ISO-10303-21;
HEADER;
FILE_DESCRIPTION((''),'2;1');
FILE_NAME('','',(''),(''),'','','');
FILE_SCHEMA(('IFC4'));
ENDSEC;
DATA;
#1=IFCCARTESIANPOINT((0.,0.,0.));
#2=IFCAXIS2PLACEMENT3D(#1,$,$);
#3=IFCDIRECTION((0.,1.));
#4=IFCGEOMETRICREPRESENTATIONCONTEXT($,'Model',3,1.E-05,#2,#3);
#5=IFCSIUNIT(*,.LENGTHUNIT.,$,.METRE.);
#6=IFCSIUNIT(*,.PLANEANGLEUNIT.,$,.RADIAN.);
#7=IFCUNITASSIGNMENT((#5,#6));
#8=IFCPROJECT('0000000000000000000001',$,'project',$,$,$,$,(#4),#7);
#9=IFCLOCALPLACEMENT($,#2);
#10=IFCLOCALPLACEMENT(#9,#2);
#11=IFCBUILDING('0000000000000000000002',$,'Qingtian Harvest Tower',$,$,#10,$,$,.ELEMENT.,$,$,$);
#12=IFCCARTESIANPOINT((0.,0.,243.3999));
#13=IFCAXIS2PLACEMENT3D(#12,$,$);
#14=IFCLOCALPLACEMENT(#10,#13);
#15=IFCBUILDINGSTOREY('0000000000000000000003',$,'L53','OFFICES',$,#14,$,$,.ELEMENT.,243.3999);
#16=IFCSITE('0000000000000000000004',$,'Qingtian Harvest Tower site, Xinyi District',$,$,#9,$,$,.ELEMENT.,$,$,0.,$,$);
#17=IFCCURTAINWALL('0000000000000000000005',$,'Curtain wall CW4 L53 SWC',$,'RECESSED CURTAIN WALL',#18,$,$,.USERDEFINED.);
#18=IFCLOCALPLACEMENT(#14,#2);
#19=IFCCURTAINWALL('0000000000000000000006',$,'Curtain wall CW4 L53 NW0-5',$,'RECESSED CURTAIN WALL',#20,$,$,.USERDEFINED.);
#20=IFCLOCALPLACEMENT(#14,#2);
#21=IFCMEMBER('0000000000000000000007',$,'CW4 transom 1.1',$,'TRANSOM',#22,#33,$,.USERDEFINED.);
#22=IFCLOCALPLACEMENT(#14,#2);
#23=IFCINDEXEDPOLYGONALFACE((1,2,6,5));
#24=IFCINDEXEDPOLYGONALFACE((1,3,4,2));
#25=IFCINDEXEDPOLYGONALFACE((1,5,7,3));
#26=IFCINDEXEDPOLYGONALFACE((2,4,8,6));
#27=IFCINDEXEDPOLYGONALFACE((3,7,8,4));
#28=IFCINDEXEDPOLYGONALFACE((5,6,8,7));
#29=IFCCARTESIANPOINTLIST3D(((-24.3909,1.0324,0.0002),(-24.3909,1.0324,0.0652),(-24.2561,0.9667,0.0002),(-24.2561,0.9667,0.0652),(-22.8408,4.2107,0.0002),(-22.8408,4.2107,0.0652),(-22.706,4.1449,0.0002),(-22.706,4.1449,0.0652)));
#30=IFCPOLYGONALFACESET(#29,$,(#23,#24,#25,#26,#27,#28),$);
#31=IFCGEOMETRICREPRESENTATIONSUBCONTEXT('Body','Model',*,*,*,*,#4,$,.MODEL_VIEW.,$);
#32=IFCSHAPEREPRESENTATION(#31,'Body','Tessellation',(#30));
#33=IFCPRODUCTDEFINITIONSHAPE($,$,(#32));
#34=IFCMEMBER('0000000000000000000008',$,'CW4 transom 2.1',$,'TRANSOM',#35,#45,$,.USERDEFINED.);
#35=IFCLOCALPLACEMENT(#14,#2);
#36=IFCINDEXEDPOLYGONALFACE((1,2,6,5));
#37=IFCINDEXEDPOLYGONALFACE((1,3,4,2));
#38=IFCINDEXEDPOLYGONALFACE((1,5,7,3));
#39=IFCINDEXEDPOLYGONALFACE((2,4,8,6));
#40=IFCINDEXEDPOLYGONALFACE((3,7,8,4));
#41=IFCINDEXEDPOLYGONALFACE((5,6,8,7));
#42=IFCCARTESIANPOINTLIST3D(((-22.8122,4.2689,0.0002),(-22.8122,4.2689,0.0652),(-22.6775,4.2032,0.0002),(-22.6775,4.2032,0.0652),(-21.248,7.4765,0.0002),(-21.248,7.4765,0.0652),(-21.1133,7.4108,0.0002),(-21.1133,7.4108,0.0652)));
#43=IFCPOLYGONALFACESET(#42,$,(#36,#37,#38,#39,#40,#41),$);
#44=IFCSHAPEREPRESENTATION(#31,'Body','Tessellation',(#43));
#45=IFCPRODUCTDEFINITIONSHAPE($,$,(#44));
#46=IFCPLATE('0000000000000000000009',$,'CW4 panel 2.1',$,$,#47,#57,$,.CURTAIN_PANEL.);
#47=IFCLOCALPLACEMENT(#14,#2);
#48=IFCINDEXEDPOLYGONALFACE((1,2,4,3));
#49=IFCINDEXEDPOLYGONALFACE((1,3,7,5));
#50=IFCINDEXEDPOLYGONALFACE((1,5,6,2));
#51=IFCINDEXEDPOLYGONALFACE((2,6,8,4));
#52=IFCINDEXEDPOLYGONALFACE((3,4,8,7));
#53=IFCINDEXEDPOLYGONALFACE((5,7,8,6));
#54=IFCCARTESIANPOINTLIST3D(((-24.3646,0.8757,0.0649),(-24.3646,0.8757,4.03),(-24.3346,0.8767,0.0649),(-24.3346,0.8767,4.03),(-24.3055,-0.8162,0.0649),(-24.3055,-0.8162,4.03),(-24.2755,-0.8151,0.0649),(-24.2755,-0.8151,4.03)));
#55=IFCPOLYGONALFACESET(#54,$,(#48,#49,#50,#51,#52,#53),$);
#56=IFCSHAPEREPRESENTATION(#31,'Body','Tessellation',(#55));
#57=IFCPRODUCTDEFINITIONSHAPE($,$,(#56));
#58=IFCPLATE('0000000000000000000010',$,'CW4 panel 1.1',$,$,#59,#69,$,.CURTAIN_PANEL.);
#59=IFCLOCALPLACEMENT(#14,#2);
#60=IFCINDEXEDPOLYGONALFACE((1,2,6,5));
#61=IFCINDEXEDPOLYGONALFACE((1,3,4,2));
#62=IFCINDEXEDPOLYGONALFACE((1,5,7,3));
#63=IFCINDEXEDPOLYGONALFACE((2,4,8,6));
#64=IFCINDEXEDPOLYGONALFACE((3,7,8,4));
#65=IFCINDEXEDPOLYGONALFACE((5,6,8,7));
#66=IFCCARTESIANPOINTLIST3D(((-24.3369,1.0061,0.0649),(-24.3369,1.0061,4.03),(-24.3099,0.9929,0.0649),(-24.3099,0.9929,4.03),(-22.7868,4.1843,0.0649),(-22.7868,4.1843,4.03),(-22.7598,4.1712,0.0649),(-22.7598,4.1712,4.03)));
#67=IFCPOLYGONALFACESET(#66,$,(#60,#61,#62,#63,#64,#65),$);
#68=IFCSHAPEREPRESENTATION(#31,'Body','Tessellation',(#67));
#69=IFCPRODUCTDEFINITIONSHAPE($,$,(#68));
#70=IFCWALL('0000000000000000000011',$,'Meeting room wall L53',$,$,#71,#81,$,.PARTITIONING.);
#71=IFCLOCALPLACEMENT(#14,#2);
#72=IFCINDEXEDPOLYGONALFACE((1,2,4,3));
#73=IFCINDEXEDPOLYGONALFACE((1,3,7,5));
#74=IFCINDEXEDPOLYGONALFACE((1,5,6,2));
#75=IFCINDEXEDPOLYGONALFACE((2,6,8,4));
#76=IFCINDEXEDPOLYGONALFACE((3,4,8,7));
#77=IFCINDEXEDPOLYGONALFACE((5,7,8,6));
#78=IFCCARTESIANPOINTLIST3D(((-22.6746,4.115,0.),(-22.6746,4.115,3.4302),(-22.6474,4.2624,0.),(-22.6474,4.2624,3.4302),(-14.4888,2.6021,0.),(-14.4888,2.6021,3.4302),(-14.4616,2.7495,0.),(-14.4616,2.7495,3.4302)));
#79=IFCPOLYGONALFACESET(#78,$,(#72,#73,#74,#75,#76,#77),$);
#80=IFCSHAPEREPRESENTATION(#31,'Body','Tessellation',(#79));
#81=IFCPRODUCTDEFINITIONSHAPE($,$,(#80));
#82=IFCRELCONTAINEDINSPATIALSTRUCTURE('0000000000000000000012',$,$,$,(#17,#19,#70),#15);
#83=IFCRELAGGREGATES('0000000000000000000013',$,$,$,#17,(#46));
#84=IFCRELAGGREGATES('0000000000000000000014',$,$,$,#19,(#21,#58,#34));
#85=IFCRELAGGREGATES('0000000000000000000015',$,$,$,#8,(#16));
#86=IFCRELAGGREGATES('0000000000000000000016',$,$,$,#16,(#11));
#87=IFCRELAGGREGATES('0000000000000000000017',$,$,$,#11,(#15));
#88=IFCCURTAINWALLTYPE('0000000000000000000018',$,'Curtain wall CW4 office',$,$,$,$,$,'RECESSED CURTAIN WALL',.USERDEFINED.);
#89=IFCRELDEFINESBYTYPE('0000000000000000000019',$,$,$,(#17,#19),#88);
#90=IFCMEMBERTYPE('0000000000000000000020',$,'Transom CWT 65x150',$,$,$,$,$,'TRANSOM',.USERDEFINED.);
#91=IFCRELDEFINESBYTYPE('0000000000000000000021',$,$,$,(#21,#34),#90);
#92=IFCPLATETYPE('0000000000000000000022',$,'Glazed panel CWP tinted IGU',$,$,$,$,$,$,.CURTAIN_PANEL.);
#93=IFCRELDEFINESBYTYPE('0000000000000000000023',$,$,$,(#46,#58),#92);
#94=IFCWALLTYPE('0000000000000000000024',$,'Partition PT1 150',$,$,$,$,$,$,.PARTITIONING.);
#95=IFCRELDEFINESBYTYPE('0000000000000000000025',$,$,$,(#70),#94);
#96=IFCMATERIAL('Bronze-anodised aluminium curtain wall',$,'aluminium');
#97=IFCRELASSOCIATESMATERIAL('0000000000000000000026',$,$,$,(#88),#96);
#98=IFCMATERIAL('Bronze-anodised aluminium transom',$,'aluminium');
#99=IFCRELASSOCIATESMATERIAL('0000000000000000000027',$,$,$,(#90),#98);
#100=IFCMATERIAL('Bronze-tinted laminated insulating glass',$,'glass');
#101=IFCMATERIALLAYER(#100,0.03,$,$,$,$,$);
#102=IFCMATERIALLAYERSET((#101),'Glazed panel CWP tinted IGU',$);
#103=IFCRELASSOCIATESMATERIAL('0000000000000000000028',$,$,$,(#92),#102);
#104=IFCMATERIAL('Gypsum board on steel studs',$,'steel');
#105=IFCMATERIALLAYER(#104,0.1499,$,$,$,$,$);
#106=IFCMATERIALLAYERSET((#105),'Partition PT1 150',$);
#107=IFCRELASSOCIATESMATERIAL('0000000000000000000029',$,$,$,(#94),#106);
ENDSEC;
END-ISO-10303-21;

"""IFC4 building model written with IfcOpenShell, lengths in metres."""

from ifc_helpers import new_model, si_unit, direction, frame, frame_2d, origin, origin_2d, place, context, subcontext, project, spatial, rectangle, extrude, material, layer, layer_set, material_profile, profile_set, type_object, element, aggregate, save


model = new_model("IFC4")

# Units and contexts
model_context = context("Model", 3, precision=1e-05, world=origin(), true_north=direction((0.0, 1.0)))
body_context = subcontext(model_context, "Body", "Model", "MODEL_VIEW")
ifc_project = project(units=[si_unit("LENGTHUNIT", "METRE"), si_unit("PLANEANGLEUNIT", "RADIAN")], contexts=[model_context])

# Site, building, storey
site_placement = place(None, origin())
site = spatial("IfcSite", under=ifc_project, at=site_placement, Name="Qingtian Harvest Tower site, Xinyi District", CompositionType="ELEMENT", RefElevation=0.0)
building_placement = place(site_placement, origin())
building = spatial("IfcBuilding", under=site, at=building_placement, Name="Qingtian Harvest Tower", CompositionType="ELEMENT")
storey_placement = place(building_placement, frame((0.0, 0.0, 243.3999)))
storey = spatial("IfcBuildingStorey", under=building, at=storey_placement, Name="L53", Description="OFFICES", CompositionType="ELEMENT", Elevation=243.3999)

# Curtain wall
ifc_material_1 = material(Name="Bronze-anodised aluminium curtain wall", Category="aluminium")
curtain_wall_type = type_object("IfcCurtainWallType", Name="Curtain wall CW4 office", ElementType="RECESSED CURTAIN WALL", PredefinedType="USERDEFINED", material=ifc_material_1)
curtain_wall_1_placement = place(storey_placement, origin())
curtain_wall_1 = element("IfcCurtainWall", 1, at=curtain_wall_1_placement, inside=storey, type_object=curtain_wall_type, Name="Curtain wall CW4 L53 SWC", ObjectType="RECESSED CURTAIN WALL", PredefinedType="USERDEFINED")

# Curtain wall
curtain_wall_2_placement = place(storey_placement, origin())
curtain_wall_2 = element("IfcCurtainWall", 2, at=curtain_wall_2_placement, inside=storey, type_object=curtain_wall_type, Name="Curtain wall CW4 L53 NW0-5", ObjectType="RECESSED CURTAIN WALL", PredefinedType="USERDEFINED")

# Members
ifc_material_2 = material(Name="Bronze-anodised aluminium transom", Category="aluminium")
ifc_material_profile_1 = material_profile(ifc_material_2, rectangle(XDim=0.1499, YDim=0.0649, at=origin_2d()), Name="AL 65x150")
ifc_profile_set_1 = profile_set([ifc_material_profile_1], Name="Bronze-anodised aluminium transom")
member_type_1 = type_object("IfcMemberType", Name="Transom CWT 65x150", ElementType="TRANSOM", PredefinedType="USERDEFINED", material=ifc_profile_set_1)
member_1_placement = place(storey_placement, frame((-24.3235, 0.9995, 0.0327), z_axis=(0.438354, 0.898802, 0.0), x_axis=(-0.898802, 0.438354, 0.0)))
member_1 = element("IfcMember", 3, at=member_1_placement, type_object=member_type_1, Name="CW4 transom 1.1", ObjectType="TRANSOM", PredefinedType="USERDEFINED", context=body_context, shape_type="SweptSolid", body=[
    extrude(rectangle(XDim=0.1499, YDim=0.0649, at=origin_2d()), origin(), (0.0, 0.0, 1.0), 3.5361),
])
member_2_placement = place(storey_placement, frame((-22.7449, 4.2361, 0.0327), z_axis=(0.438325, 0.898816, 0.0), x_axis=(-0.898816, 0.438325, 0.0)))
member_2 = element("IfcMember", 4, at=member_2_placement, type_object=member_type_1, Name="CW4 transom 2.1", ObjectType="TRANSOM", PredefinedType="USERDEFINED", context=body_context, shape_type="SweptSolid", body=[
    extrude(rectangle(XDim=0.1499, YDim=0.0649, at=origin_2d()), origin(), (0.0, 0.0, 1.0), 3.5686),
])

# Plates
ifc_material_3 = material(Name="Bronze-tinted laminated insulating glass", Category="glass")
ifc_layer_1 = layer(ifc_material_3, 0.03)
ifc_layer_set_1 = layer_set([ifc_layer_1], Name="Glazed panel CWP tinted IGU")
plate_type = type_object("IfcPlateType", Name="Glazed panel CWP tinted IGU", PredefinedType="CURTAIN_PANEL", material=ifc_layer_set_1)
plate_1_placement = place(storey_placement, frame((-24.3201, 0.0303, 0.0649), z_axis=(0.0, 0.0, 1.0), x_axis=(-0.034899, 0.999391, 0.0)))
plate_1 = element("IfcPlate", 5, at=plate_1_placement, type_object=plate_type, Name="CW4 panel 2.1", PredefinedType="CURTAIN_PANEL", context=body_context, shape_type="SweptSolid", body=[
    extrude(rectangle(XDim=1.6929, YDim=0.03, at=origin_2d()), origin(), (0.0, 0.0, 1.0), 3.9651),
])
aggregate(curtain_wall_1, [plate_1])
plate_2_placement = place(storey_placement, frame((-23.5483, 2.5886, 0.0649), z_axis=(0.0, 0.0, 1.0), x_axis=(0.438371, 0.898794, 0.0)))
plate_2 = element("IfcPlate", 6, at=plate_2_placement, type_object=plate_type, Name="CW4 panel 1.1", PredefinedType="CURTAIN_PANEL", context=body_context, shape_type="SweptSolid", body=[
    extrude(rectangle(XDim=3.5361, YDim=0.03, at=origin_2d()), origin(), (0.0, 0.0, 1.0), 3.9651),
])
aggregate(curtain_wall_2, [member_1, plate_2, member_2])

# Wall
ifc_material_4 = material(Name="Gypsum board on steel studs", Category="steel")
ifc_layer_2 = layer(ifc_material_4, 0.1499)
ifc_layer_set_2 = layer_set([ifc_layer_2], Name="Partition PT1 150")
wall_type = type_object("IfcWallType", Name="Partition PT1 150", PredefinedType="PARTITIONING", material=ifc_layer_set_2)
wall_placement = place(storey_placement, frame((-22.6609, 4.1887, 0.0), z_axis=(0.0, 0.0, 1.0), x_axis=(0.983345, -0.181747, 0.0)))
element("IfcWall", 7, at=wall_placement, inside=storey, type_object=wall_type, Name="Meeting room wall L53", PredefinedType="PARTITIONING", context=body_context, shape_type="SweptSolid", body=[
    extrude(rectangle(XDim=8.3245, YDim=0.1499, at=frame_2d((4.1621, 0.0))), origin(), (0.0, 0.0, 1.0), 3.4302),
])

save(model, "model.ifc")
